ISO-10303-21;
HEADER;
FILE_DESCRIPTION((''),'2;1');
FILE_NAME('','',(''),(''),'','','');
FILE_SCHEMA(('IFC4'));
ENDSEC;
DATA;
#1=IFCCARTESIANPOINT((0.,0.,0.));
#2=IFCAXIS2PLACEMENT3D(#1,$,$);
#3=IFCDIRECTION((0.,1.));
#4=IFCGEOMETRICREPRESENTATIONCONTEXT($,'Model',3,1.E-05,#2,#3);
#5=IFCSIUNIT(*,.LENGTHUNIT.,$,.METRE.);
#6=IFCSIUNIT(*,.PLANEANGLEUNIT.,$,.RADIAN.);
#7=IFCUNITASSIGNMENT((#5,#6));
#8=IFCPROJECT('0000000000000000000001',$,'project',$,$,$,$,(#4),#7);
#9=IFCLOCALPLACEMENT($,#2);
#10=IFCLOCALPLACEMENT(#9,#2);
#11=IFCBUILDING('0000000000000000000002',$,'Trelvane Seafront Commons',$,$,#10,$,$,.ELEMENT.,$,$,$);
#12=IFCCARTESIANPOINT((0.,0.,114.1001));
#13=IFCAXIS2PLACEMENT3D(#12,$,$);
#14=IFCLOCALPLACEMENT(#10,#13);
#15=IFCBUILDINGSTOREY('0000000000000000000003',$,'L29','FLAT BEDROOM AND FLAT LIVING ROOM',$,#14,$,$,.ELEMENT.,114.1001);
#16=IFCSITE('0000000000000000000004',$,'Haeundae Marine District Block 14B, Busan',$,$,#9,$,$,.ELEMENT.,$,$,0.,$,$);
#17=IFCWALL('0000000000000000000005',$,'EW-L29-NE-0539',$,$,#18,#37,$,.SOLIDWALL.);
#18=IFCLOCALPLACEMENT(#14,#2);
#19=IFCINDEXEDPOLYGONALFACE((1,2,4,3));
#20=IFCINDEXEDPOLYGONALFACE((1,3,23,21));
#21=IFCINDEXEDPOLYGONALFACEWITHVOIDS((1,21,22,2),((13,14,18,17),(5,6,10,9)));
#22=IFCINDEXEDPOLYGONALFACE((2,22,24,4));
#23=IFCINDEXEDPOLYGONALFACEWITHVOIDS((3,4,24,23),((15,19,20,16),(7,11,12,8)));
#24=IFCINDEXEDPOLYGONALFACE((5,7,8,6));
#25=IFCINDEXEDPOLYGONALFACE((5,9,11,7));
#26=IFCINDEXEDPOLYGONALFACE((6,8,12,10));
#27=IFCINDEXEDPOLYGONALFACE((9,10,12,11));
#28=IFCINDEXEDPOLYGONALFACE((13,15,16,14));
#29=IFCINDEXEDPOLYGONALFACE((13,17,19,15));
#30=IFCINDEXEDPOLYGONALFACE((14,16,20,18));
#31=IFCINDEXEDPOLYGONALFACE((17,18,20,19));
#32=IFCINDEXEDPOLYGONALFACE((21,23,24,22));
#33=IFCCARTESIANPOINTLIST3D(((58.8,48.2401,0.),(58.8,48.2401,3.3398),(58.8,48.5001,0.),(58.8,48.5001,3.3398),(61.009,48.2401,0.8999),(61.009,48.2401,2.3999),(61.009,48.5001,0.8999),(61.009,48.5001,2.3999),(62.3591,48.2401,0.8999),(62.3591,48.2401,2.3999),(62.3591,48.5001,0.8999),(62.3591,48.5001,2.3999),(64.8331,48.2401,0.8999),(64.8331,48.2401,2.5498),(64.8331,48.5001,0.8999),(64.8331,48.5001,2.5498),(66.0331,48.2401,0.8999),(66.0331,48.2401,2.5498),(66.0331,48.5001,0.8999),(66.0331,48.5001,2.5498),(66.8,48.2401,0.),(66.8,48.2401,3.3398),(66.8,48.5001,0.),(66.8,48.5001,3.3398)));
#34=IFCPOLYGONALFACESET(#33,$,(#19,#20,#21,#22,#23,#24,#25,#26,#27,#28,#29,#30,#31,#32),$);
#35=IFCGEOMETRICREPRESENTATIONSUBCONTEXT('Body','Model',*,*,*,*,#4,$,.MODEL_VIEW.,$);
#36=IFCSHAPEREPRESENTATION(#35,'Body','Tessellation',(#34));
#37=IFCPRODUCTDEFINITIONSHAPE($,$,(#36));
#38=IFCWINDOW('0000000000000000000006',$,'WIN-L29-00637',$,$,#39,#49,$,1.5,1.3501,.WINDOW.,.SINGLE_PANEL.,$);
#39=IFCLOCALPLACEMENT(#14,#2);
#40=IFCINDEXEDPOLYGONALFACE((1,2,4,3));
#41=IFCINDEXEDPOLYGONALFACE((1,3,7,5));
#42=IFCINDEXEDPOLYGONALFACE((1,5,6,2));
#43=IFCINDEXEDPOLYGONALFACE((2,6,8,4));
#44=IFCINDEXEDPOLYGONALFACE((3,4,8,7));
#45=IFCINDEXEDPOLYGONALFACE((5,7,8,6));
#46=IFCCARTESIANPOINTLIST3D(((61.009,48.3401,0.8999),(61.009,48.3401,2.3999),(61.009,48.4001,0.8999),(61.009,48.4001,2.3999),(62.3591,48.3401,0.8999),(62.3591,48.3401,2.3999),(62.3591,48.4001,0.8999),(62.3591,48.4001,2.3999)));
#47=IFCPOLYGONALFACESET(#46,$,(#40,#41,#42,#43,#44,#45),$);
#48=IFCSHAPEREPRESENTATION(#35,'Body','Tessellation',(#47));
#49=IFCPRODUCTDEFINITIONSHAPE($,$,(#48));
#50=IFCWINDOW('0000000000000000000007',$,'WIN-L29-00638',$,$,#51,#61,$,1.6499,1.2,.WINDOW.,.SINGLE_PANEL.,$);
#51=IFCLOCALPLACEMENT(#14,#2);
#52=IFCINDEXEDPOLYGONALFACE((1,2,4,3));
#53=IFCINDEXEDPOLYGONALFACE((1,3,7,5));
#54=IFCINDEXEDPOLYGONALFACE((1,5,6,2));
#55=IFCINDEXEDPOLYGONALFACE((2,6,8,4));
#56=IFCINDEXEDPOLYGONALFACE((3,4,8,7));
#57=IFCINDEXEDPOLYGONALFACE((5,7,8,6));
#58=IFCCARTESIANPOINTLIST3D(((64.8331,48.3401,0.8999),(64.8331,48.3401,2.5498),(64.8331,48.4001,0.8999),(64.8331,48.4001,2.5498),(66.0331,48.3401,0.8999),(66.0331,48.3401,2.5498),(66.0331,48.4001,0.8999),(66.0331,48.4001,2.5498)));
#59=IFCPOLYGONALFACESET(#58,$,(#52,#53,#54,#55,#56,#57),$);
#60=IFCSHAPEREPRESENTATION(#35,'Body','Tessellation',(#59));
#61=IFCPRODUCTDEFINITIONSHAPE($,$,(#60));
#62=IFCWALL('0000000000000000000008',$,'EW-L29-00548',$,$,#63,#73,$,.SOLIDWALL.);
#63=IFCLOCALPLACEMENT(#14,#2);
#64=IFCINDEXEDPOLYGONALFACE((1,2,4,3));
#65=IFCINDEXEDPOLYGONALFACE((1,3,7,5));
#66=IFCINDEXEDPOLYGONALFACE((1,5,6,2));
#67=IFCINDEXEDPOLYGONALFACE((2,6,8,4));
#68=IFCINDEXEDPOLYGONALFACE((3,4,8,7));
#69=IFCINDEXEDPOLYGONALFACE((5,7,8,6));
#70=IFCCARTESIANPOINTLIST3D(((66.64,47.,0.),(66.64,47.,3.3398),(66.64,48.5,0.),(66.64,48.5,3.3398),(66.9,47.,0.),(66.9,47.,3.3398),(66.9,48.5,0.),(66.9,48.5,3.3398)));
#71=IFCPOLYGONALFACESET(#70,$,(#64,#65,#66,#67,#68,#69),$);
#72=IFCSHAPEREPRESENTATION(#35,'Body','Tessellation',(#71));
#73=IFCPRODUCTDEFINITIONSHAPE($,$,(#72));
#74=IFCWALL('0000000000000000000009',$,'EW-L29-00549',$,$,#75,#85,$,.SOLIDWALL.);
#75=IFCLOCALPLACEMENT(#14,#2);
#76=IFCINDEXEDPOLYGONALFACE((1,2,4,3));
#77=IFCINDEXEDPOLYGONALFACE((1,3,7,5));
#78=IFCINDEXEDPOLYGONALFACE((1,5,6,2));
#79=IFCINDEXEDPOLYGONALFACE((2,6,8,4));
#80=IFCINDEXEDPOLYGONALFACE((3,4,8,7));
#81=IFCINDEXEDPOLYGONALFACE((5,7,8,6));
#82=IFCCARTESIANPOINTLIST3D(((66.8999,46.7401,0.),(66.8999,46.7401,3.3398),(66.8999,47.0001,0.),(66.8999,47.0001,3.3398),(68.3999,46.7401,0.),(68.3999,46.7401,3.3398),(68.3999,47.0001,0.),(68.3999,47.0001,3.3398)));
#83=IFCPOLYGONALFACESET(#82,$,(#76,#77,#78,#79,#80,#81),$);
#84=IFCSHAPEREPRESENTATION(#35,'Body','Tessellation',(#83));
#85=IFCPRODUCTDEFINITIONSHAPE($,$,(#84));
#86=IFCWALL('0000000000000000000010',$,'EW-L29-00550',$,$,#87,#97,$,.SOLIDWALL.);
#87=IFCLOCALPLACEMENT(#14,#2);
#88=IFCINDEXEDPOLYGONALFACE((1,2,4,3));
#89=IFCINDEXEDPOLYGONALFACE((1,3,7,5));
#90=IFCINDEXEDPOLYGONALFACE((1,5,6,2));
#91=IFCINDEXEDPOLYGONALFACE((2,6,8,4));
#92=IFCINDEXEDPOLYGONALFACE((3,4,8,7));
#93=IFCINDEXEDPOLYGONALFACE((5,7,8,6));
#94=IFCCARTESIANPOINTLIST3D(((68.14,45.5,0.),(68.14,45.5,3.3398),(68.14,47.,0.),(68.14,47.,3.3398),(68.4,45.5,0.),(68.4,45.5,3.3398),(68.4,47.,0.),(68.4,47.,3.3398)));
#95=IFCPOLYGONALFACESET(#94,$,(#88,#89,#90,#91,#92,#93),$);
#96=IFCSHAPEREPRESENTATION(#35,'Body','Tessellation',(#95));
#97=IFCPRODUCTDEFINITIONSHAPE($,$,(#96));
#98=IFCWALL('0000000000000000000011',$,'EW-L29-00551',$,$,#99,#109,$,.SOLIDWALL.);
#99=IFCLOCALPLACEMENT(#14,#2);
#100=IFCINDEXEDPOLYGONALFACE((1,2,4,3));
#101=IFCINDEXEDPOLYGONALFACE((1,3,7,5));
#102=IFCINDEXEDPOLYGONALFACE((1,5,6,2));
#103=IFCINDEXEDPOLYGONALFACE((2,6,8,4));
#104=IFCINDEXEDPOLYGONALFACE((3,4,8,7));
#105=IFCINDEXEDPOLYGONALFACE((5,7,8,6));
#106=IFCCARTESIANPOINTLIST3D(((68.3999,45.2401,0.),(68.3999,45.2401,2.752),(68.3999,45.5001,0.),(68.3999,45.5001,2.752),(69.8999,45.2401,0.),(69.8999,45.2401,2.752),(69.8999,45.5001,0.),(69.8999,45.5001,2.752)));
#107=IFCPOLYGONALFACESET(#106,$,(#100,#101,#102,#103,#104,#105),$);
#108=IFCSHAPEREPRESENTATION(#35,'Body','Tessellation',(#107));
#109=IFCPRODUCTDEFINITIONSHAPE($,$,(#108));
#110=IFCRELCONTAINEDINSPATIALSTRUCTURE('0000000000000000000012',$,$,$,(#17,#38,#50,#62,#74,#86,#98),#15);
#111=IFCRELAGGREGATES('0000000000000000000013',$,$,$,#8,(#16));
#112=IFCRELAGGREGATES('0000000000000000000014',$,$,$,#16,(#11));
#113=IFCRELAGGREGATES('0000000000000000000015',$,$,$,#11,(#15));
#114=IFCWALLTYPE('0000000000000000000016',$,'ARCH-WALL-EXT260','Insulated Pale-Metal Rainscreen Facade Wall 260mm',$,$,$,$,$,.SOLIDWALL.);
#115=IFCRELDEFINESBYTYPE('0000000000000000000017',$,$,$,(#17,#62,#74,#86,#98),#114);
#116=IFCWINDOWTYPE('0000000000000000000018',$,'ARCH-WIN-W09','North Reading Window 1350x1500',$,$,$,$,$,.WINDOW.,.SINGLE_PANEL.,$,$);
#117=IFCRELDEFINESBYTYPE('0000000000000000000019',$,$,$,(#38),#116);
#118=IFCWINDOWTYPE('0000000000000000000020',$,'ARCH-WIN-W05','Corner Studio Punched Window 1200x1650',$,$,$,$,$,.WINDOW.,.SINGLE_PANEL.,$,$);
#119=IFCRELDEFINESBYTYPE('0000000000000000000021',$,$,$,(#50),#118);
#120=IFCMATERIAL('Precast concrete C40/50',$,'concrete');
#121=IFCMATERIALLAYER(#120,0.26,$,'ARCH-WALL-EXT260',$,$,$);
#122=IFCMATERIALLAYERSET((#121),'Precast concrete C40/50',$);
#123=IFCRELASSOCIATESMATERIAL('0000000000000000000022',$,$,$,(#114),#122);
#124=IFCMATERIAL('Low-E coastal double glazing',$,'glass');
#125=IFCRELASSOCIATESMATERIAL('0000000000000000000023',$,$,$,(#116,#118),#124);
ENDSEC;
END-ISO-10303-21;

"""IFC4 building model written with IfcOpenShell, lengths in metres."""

from ifc_helpers import new_model, si_unit, direction, frame, frame_2d, origin, place, context, subcontext, project, spatial, rectangle, extrude, source, transform, mapped, material, layer, layer_set, type_object, element, fill, save


model = new_model("IFC4")

# Units and contexts
model_context = context("Model", 3, precision=1e-05, world=origin(), true_north=direction((0.0, 1.0)))
body_context = subcontext(model_context, "Body", "Model", "MODEL_VIEW")
ifc_project = project(units=[si_unit("LENGTHUNIT", "METRE"), si_unit("PLANEANGLEUNIT", "RADIAN")], contexts=[model_context])

# Site, building, storey
site_placement = place(None, origin())
site = spatial("IfcSite", under=ifc_project, at=site_placement, Name="Haeundae Marine District Block 14B, Busan", CompositionType="ELEMENT", RefElevation=0.0)
building_placement = place(site_placement, origin())
building = spatial("IfcBuilding", under=site, at=building_placement, Name="Trelvane Seafront Commons", CompositionType="ELEMENT")
storey_placement = place(building_placement, frame((0.0, 0.0, 114.1001)))
storey = spatial("IfcBuildingStorey", under=building, at=storey_placement, Name="L29", Description="FLAT BEDROOM AND FLAT LIVING ROOM", CompositionType="ELEMENT", Elevation=114.1001)

# Shared definitions
ifc_material_1 = material(Name="Low-E coastal double glazing", Category="glass")

# Wall, openings, windows
ifc_material_2 = material(Name="Precast concrete C40/50", Category="concrete")
ifc_layer_1 = layer(ifc_material_2, 0.26, Name="ARCH-WALL-EXT260")
ifc_layer_set_1 = layer_set([ifc_layer_1], Name="Precast concrete C40/50")
wall_type = type_object("IfcWallType", Name="ARCH-WALL-EXT260", Description="Insulated Pale-Metal Rainscreen Facade Wall 260mm", PredefinedType="SOLIDWALL", material=ifc_layer_set_1)
wall_1_placement = place(storey_placement, frame((58.8, 48.3701, 0.0), z_axis=(0.0, 0.0, 1.0), x_axis=(1.0, 0.0, 0.0)))
wall_1 = element("IfcWall", 1, at=wall_1_placement, inside=storey, type_object=wall_type, Name="EW-L29-NE-0539", PredefinedType="SOLIDWALL", context=body_context, shape_type="SweptSolid", body=[
    extrude(rectangle(XDim=8.0, YDim=0.26, at=frame_2d((4.0, 0.0))), origin(), (0.0, 0.0, 1.0), 3.3398),
])
opening_1_placement = place(wall_1_placement, frame((2.209, 0.0, 0.8999)))
opening_1 = element("IfcOpeningElement", 2, at=opening_1_placement, cuts=wall_1, PredefinedType="OPENING", context=body_context, shape_type="SweptSolid", body=[
    extrude(rectangle(XDim=1.3501, YDim=1.5, at=frame_2d((0.675, 0.75))), frame((0.0, 0.1399, 0.0), z_axis=(0.0, -1.0, 0.0), x_axis=(1.0, 0.0, 0.0)), (0.0, 0.0, 1.0), 0.28),
])
opening_2_placement = place(wall_1_placement, frame((6.033, 0.0, 0.8999)))
opening_2 = element("IfcOpeningElement", 3, at=opening_2_placement, cuts=wall_1, PredefinedType="OPENING", context=body_context, shape_type="SweptSolid", body=[
    extrude(rectangle(XDim=1.2, YDim=1.6499, at=frame_2d((0.6001, 0.825))), frame((0.0, 0.1399, 0.0), z_axis=(0.0, -1.0, 0.0), x_axis=(1.0, 0.0, 0.0)), (0.0, 0.0, 1.0), 0.28),
])
window_type_1 = type_object("IfcWindowType", Name="ARCH-WIN-W09", Description="North Reading Window 1350x1500", PartitioningType="SINGLE_PANEL", PredefinedType="WINDOW", material=ifc_material_1)
shared_shape_1 = source(origin(), body_context, "Body", "SweptSolid", [
    extrude(rectangle(XDim=1.3501, YDim=1.5, at=frame_2d((0.675, 0.75))), frame((0.0, 0.03, 0.0), z_axis=(0.0, -1.0, 0.0), x_axis=(1.0, 0.0, 0.0)), (0.0, 0.0, 1.0), 0.0601),
])
window_1_placement = place(opening_1_placement, origin())
window_1 = element("IfcWindow", 4, at=window_1_placement, inside=storey, type_object=window_type_1, Name="WIN-L29-00637", OverallHeight=1.5, OverallWidth=1.3501, PartitioningType="SINGLE_PANEL", PredefinedType="WINDOW", context=body_context, shape_type="MappedRepresentation", body=[
    mapped(shared_shape_1, transform((0.0, 0.0, 0.0), x_axis=(1.0, 0.0, 0.0), y_axis=(0.0, 1.0, 0.0), z_axis=(0.0, 0.0, 1.0), scale=1.0)),
])
fill(opening_1, window_1)
window_type_2 = type_object("IfcWindowType", Name="ARCH-WIN-W05", Description="Corner Studio Punched Window 1200x1650", PartitioningType="SINGLE_PANEL", PredefinedType="WINDOW", material=ifc_material_1)
shared_shape_2 = source(origin(), body_context, "Body", "SweptSolid", [
    extrude(rectangle(XDim=1.2, YDim=1.6499, at=frame_2d((0.6001, 0.825))), frame((0.0, 0.03, 0.0), z_axis=(0.0, -1.0, 0.0), x_axis=(1.0, 0.0, 0.0)), (0.0, 0.0, 1.0), 0.0601),
])
window_2_placement = place(opening_2_placement, origin())
window_2 = element("IfcWindow", 5, at=window_2_placement, inside=storey, type_object=window_type_2, Name="WIN-L29-00638", OverallHeight=1.6499, OverallWidth=1.2, PartitioningType="SINGLE_PANEL", PredefinedType="WINDOW", context=body_context, shape_type="MappedRepresentation", body=[
    mapped(shared_shape_2, transform((0.0, 0.0, 0.0), x_axis=(1.0, 0.0, 0.0), y_axis=(0.0, 1.0, 0.0), z_axis=(0.0, 0.0, 1.0), scale=1.0)),
])
fill(opening_2, window_2)

# Walls
for number, where, z_axis, x_axis, name in (
    (6, (66.77, 48.5, 0.0), (0.0, 0.0, 1.0), (0.0, -1.0, 0.0), "EW-L29-00548"),
    (7, (66.8999, 46.8701, 0.0), (0.0, 0.0, 1.0), (1.0, 0.0, 0.0), "EW-L29-00549"),
    (8, (68.27, 47.0, 0.0), (0.0, 0.0, 1.0), (0.0, -1.0, 0.0), "EW-L29-00550"),
):
    element("IfcWall", number, at=place(storey_placement, frame(where, z_axis=z_axis, x_axis=x_axis)), inside=storey, type_object=wall_type, Name=name, PredefinedType="SOLIDWALL", context=body_context, shape_type="SweptSolid", body=[
        extrude(rectangle(XDim=1.5, YDim=0.26, at=frame_2d((0.75, 0.0))), origin(), (0.0, 0.0, 1.0), 3.3398),
    ])
wall_2_placement = place(storey_placement, frame((68.3999, 45.3701, 0.0), z_axis=(0.0, 0.0, 1.0), x_axis=(1.0, 0.0, 0.0)))
element("IfcWall", 9, at=wall_2_placement, inside=storey, type_object=wall_type, Name="EW-L29-00551", PredefinedType="SOLIDWALL", context=body_context, shape_type="SweptSolid", body=[
    extrude(rectangle(XDim=1.5, YDim=0.26, at=frame_2d((0.75, 0.0))), origin(), (0.0, 0.0, 1.0), 2.752),
])

save(model, "model.ifc")
